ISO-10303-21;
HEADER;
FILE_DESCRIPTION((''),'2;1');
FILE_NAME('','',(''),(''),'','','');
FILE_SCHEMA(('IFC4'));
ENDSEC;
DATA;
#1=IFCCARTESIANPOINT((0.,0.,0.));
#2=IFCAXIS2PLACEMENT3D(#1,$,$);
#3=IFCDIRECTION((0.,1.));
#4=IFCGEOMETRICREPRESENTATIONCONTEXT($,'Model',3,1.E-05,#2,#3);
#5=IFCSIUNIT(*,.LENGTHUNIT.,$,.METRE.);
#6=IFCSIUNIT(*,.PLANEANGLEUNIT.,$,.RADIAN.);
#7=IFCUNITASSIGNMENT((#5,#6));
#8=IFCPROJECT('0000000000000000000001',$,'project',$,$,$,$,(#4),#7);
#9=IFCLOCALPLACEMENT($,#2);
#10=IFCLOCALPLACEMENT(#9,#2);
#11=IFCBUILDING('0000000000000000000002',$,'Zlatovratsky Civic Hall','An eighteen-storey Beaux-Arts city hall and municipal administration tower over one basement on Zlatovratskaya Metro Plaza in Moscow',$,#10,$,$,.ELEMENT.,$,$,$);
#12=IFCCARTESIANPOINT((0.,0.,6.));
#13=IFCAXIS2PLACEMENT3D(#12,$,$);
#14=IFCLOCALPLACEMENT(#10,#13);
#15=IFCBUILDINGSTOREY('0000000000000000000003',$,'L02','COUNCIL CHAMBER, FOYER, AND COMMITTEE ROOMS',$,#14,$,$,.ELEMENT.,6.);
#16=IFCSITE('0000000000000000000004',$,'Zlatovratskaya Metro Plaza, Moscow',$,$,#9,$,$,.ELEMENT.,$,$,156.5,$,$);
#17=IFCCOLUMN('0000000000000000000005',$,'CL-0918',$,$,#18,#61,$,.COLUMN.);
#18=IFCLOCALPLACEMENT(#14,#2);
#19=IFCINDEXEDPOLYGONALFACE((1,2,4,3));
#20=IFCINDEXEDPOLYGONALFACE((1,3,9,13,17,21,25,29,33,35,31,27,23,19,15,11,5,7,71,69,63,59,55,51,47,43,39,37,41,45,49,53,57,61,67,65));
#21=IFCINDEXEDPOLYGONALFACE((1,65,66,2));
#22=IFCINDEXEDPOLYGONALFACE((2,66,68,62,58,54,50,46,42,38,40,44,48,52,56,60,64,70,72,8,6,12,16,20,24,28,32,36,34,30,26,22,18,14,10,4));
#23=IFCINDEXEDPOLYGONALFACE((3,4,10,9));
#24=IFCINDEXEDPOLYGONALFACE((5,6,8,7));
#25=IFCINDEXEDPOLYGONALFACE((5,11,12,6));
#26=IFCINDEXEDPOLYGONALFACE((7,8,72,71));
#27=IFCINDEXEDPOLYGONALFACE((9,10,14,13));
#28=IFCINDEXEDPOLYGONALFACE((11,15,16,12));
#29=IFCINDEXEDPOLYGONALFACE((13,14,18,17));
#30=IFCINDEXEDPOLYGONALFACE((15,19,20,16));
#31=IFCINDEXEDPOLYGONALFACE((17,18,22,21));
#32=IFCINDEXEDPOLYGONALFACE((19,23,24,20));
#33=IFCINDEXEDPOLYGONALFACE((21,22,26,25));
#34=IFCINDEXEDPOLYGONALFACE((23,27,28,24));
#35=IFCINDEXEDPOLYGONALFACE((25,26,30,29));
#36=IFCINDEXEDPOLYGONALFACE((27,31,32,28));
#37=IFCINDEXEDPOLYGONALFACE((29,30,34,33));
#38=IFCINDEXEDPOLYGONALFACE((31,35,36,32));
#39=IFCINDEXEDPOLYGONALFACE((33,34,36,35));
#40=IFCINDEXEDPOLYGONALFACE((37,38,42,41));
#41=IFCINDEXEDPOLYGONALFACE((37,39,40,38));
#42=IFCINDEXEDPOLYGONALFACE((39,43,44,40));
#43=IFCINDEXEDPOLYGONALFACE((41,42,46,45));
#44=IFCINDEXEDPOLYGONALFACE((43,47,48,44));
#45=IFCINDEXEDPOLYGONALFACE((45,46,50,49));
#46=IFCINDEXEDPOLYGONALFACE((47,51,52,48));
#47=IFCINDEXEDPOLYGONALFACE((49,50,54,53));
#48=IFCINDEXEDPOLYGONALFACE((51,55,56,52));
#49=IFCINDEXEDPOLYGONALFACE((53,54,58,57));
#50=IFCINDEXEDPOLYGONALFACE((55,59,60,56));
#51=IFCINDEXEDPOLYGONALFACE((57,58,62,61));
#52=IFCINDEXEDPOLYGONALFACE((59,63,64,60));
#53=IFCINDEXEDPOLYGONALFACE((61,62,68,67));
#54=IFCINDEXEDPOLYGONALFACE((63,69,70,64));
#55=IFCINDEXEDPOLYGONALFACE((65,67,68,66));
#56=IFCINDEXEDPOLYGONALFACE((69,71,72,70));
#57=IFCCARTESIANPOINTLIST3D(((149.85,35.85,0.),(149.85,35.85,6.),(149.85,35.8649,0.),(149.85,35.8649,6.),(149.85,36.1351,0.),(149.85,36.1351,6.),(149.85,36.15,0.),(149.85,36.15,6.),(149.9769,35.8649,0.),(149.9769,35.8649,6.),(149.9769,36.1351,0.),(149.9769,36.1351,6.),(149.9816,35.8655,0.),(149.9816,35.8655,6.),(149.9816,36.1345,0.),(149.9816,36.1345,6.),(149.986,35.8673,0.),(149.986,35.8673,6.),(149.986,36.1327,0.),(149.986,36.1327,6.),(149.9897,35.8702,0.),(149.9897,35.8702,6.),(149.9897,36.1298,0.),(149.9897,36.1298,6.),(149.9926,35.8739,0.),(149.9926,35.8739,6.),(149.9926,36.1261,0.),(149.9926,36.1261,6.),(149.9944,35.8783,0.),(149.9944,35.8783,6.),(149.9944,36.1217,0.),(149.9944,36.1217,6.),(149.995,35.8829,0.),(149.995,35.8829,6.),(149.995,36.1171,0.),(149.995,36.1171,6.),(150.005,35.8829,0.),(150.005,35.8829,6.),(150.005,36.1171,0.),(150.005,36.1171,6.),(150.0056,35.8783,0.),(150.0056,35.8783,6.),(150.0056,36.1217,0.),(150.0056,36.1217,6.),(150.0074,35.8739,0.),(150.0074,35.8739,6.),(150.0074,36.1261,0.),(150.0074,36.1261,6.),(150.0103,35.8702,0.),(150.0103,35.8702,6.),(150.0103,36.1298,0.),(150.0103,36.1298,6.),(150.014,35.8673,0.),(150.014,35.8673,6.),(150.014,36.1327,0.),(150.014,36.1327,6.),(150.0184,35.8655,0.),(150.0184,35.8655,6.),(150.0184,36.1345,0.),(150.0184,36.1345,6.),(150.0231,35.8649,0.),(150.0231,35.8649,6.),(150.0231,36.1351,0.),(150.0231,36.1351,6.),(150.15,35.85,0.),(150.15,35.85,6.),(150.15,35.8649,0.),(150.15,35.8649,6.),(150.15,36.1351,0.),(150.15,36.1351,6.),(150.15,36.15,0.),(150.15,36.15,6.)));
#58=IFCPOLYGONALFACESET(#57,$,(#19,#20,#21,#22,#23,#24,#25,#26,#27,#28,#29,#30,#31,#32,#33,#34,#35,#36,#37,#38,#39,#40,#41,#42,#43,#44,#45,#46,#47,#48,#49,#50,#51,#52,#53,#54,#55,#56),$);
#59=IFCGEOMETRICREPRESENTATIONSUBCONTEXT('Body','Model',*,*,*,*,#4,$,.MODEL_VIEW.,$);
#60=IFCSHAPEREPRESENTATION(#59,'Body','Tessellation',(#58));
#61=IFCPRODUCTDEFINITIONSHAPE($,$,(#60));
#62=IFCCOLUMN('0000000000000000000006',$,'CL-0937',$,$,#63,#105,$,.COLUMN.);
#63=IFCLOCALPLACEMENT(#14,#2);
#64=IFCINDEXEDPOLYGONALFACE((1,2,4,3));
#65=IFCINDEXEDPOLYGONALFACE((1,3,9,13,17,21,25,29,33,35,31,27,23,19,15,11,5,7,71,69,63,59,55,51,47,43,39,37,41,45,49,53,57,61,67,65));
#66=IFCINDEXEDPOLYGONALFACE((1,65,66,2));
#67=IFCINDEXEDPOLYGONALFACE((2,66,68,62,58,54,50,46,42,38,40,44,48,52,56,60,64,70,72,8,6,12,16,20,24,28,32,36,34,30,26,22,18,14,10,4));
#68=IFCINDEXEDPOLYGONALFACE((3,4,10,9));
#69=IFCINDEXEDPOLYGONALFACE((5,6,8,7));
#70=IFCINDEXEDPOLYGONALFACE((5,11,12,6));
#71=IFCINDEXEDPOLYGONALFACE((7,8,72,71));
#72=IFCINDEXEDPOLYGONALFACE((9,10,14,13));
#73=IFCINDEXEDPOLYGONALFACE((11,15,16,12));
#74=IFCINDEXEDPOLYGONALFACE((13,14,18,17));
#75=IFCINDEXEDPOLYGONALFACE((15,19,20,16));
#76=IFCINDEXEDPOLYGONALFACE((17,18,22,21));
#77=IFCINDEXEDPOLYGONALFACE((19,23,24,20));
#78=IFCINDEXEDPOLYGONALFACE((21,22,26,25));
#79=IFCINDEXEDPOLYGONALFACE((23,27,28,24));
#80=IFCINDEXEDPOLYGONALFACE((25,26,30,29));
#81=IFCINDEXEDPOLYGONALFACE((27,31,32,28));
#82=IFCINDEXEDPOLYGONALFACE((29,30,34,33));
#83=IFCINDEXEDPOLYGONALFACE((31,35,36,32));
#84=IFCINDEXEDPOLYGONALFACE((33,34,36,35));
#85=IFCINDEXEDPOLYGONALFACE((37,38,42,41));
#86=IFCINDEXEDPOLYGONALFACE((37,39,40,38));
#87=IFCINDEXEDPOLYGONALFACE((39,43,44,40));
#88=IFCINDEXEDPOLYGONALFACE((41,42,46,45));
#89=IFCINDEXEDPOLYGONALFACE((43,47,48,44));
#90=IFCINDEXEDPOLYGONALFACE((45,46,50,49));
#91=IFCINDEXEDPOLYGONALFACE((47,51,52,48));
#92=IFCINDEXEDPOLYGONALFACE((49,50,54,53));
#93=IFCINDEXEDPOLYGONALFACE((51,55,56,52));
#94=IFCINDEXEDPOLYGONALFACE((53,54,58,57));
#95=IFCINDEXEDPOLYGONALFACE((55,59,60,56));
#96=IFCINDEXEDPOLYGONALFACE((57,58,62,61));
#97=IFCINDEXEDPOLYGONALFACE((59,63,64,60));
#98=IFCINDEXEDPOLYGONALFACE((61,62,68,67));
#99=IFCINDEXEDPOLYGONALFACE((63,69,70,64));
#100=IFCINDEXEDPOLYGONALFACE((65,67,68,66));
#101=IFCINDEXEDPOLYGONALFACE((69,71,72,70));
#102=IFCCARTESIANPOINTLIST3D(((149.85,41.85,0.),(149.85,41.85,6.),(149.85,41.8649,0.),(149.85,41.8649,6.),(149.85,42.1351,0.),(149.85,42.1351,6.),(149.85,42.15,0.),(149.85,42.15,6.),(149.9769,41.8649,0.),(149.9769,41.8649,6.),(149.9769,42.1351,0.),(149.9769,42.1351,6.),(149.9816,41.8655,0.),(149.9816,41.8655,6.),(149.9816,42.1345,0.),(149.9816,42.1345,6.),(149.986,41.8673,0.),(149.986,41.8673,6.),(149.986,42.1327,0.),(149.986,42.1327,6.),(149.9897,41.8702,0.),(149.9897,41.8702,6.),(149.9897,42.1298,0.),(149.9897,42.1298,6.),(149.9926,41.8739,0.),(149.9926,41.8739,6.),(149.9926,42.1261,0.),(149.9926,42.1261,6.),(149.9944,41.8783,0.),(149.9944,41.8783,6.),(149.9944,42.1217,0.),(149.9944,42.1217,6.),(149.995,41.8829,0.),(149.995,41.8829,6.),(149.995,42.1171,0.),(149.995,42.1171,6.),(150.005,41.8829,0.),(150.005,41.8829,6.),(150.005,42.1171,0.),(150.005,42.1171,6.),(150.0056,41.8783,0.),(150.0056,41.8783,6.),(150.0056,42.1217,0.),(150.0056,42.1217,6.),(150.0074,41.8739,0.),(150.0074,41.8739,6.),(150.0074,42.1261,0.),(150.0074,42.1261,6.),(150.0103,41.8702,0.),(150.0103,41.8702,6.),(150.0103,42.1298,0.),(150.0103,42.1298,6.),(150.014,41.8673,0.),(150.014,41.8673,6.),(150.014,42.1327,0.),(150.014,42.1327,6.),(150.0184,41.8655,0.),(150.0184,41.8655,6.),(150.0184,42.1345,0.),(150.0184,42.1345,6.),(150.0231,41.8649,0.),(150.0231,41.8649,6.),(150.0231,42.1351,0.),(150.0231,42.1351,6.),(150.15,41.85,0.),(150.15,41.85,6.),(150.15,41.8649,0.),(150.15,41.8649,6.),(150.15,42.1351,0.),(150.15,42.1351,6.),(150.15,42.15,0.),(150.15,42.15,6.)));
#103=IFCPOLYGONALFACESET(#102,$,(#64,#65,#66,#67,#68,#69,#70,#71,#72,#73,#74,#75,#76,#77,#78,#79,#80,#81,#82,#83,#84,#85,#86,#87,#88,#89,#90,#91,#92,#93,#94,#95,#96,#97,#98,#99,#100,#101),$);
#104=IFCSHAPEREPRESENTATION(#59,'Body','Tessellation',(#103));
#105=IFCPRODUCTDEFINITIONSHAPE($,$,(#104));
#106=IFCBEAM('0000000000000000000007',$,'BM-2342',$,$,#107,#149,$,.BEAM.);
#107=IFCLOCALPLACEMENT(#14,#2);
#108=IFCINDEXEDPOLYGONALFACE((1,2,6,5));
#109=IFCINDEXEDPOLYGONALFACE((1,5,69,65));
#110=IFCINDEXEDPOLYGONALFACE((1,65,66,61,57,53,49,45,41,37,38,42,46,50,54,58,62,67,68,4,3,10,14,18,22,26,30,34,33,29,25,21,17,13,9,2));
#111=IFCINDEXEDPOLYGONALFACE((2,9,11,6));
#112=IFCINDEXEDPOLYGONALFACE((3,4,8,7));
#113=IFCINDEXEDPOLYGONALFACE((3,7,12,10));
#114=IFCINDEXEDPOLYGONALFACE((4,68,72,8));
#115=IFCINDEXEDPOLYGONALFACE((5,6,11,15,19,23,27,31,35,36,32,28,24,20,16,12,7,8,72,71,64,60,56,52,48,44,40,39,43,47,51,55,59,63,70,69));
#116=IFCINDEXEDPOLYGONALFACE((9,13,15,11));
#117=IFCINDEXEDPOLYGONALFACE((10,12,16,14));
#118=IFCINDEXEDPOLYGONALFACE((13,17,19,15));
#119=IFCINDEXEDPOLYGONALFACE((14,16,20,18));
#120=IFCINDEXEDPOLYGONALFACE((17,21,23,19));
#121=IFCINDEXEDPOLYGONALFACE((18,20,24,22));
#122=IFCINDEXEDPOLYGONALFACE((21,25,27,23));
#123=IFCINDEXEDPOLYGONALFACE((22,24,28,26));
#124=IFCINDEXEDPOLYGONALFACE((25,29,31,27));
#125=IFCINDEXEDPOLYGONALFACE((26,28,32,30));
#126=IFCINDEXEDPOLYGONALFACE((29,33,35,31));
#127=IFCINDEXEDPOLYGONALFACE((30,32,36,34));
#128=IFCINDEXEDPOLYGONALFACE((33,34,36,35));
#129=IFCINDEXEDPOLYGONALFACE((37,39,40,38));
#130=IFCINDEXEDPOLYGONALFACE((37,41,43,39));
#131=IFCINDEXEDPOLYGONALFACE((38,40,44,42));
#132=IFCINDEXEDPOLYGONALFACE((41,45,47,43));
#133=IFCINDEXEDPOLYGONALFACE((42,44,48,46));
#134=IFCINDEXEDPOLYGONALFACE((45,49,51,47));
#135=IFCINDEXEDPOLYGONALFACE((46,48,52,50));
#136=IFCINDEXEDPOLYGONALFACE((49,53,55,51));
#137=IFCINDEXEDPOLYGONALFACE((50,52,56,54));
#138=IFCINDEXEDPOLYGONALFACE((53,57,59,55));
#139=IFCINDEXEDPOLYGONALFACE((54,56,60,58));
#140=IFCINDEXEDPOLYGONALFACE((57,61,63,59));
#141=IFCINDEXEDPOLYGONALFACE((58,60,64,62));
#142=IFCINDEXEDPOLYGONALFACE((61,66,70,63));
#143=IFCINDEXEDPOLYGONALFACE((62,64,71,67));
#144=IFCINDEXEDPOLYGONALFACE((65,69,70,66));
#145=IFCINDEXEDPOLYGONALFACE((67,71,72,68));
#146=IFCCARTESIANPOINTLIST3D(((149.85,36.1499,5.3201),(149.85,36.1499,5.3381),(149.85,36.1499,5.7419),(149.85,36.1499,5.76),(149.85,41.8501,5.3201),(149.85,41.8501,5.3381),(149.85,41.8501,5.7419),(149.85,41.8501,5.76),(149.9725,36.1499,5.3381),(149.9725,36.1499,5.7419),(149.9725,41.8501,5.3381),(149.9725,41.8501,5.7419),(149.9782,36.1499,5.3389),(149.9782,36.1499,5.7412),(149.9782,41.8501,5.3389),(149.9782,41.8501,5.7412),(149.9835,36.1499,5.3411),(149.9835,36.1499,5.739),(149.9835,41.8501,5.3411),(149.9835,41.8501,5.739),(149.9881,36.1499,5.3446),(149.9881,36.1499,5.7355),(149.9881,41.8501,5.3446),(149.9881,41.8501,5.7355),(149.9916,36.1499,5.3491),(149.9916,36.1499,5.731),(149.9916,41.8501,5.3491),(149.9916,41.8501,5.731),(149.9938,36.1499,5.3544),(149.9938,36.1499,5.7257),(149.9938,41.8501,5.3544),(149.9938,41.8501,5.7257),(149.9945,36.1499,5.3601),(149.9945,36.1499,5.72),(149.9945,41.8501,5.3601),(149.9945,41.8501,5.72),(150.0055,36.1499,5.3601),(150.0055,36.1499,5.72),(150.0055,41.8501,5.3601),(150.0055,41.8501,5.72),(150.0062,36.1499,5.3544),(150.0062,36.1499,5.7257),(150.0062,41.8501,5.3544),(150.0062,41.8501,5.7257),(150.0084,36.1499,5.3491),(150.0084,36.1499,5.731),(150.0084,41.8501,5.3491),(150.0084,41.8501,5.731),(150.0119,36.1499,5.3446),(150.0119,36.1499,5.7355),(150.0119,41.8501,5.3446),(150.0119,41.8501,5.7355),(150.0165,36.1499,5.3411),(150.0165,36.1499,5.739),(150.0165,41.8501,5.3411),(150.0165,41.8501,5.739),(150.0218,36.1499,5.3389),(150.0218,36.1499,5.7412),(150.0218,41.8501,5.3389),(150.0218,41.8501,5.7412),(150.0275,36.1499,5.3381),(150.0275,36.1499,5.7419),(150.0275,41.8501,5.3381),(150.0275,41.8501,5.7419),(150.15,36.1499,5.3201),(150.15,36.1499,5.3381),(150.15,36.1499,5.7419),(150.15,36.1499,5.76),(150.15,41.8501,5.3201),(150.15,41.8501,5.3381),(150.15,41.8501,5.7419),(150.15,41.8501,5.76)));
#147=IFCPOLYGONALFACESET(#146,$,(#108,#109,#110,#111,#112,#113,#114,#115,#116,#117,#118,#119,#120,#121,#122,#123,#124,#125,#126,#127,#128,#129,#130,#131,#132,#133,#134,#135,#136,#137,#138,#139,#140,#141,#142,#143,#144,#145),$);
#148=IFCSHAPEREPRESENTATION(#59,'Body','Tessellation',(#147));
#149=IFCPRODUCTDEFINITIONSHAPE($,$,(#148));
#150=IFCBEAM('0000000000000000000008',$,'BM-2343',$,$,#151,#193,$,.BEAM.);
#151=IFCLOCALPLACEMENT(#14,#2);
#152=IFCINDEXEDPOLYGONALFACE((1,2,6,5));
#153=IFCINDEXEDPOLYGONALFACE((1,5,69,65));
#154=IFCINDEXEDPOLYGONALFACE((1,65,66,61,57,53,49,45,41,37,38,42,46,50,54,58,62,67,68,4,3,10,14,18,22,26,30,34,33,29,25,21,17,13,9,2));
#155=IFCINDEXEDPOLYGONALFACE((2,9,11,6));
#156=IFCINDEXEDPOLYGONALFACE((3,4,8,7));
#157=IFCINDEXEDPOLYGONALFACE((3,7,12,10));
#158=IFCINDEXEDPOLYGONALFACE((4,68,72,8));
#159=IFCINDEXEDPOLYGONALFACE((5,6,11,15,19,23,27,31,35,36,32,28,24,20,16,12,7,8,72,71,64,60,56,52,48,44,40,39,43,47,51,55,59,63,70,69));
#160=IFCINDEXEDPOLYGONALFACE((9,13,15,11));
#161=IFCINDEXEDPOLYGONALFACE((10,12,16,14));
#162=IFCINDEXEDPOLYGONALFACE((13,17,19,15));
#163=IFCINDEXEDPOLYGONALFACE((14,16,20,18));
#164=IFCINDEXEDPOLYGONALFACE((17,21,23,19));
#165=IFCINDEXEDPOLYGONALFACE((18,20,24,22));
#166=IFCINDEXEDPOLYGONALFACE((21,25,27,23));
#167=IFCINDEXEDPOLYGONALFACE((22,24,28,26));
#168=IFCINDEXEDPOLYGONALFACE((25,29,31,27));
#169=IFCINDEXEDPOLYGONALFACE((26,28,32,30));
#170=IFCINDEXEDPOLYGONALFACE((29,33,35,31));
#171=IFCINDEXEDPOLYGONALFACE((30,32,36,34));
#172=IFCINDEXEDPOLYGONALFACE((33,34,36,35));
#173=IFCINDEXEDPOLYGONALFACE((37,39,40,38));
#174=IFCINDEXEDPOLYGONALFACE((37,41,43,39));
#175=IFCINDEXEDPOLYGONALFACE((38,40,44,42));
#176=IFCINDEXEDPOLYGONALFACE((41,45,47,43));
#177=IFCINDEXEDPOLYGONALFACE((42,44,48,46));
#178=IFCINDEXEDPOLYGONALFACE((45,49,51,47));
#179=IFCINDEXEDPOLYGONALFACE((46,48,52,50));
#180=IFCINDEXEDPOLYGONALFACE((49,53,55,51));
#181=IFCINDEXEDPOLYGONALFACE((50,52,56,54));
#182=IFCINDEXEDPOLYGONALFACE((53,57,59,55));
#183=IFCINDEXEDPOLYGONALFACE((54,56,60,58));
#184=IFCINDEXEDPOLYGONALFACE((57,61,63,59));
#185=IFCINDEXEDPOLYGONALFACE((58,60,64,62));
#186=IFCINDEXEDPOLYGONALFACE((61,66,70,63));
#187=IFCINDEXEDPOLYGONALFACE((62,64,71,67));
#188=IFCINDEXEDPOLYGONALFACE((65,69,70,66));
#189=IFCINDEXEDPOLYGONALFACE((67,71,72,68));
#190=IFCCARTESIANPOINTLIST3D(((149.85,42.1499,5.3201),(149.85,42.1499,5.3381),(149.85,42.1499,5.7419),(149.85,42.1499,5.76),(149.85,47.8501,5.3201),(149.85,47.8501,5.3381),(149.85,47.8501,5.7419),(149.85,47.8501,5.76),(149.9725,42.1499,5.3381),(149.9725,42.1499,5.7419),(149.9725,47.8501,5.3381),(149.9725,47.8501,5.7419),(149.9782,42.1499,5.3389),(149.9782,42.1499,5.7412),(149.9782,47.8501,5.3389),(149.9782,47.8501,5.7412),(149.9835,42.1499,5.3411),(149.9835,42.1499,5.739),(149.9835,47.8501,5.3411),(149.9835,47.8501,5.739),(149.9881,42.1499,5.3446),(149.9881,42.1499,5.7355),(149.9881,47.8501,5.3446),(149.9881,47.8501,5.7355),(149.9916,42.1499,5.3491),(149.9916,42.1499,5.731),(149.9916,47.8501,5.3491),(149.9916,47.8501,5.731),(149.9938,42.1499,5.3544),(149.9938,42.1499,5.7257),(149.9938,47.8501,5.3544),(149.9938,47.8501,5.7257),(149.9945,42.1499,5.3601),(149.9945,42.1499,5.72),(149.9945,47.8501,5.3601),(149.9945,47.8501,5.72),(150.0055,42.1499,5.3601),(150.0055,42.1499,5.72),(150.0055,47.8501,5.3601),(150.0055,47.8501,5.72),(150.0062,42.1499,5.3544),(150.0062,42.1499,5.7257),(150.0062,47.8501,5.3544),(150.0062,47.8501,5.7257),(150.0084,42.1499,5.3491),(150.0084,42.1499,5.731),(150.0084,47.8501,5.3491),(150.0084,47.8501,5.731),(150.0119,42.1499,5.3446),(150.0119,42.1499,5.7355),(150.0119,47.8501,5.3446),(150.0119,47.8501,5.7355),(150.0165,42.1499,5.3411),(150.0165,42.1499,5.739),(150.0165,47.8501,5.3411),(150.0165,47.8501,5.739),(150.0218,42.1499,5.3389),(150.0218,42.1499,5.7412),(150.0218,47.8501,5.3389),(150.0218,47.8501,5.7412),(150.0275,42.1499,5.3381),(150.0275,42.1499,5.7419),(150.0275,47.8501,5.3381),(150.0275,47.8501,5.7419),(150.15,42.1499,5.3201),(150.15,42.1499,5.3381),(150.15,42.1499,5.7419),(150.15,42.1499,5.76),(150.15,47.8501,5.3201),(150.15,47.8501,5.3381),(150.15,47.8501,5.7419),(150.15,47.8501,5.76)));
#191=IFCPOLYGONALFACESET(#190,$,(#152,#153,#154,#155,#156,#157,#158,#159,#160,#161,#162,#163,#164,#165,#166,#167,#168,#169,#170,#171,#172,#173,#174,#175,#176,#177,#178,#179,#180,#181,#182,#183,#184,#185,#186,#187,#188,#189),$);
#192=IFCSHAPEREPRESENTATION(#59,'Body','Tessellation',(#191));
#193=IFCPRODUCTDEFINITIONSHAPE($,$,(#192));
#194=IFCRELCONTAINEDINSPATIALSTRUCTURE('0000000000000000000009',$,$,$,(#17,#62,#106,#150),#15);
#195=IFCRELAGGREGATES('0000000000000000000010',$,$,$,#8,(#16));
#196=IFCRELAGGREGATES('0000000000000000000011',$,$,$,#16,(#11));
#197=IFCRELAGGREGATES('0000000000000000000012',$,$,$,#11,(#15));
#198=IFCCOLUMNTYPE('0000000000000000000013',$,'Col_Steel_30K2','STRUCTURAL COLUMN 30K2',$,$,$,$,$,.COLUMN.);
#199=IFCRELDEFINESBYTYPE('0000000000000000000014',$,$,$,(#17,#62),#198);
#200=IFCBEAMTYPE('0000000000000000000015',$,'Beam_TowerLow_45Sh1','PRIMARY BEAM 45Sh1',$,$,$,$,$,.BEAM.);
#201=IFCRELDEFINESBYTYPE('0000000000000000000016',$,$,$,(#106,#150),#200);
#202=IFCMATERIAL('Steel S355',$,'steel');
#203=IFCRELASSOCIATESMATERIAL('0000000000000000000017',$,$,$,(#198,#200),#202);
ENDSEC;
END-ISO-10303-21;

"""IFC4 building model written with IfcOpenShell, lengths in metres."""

from ifc_helpers import new_model, si_unit, direction, frame, origin, origin_2d, place, context, subcontext, project, spatial, i_section, extrude, material, material_profile, profile_set, type_object, element, save


model = new_model("IFC4")

# Units and contexts
model_context = context("Model", 3, precision=1e-05, world=origin(), true_north=direction((0.0, 1.0)))
body_context = subcontext(model_context, "Body", "Model", "MODEL_VIEW")
ifc_project = project(units=[si_unit("LENGTHUNIT", "METRE"), si_unit("PLANEANGLEUNIT", "RADIAN")], contexts=[model_context])

# Site, building, storey
site_placement = place(None, origin())
site = spatial("IfcSite", under=ifc_project, at=site_placement, Name="Zlatovratskaya Metro Plaza, Moscow", CompositionType="ELEMENT", RefElevation=156.5)
building_placement = place(site_placement, origin())
building = spatial("IfcBuilding", under=site, at=building_placement, Name="Zlatovratsky Civic Hall", Description="An eighteen-storey Beaux-Arts city hall and municipal administration tower over one basement on Zlatovratskaya Metro Plaza in Moscow", CompositionType="ELEMENT")
storey_placement = place(building_placement, frame((0.0, 0.0, 6.0)))
storey = spatial("IfcBuildingStorey", under=building, at=storey_placement, Name="L02", Description="COUNCIL CHAMBER, FOYER, AND COMMITTEE ROOMS", CompositionType="ELEMENT", Elevation=6.0)

# Columns
ifc_material_1 = material(Name="Steel S355", Category="steel")
ifc_material_profile_1 = material_profile(ifc_material_1, i_section(OverallWidth=0.3, OverallDepth=0.3, WebThickness=0.01, FlangeThickness=0.0149, FilletRadius=0.0181, at=origin_2d()), Name="30K2")
ifc_profile_set_1 = profile_set([ifc_material_profile_1], Name="Steel S355")
column_type = type_object("IfcColumnType", Name="Col_Steel_30K2", Description="STRUCTURAL COLUMN 30K2", PredefinedType="COLUMN", material=ifc_profile_set_1)
for number, where, z_axis, x_axis, name in (
    (1, (150.0, 36.0, 0.0), (0.0, 0.0, 1.0), (1.0, 0.0, 0.0), "CL-0918"),
    (2, (150.0, 42.0, 0.0), (0.0, 0.0, 1.0), (1.0, 0.0, 0.0), "CL-0937"),
):
    element("IfcColumn", number, at=place(storey_placement, frame(where, z_axis=z_axis, x_axis=x_axis)), inside=storey, type_object=column_type, Name=name, PredefinedType="COLUMN", context=body_context, shape_type="SweptSolid", body=[
        extrude(i_section(OverallWidth=0.3, OverallDepth=0.3, WebThickness=0.01, FlangeThickness=0.0149, FilletRadius=0.0181, at=origin_2d()), origin(), (0.0, 0.0, 1.0), 6.0),
    ])

# Beams
ifc_material_profile_2 = material_profile(ifc_material_1, i_section(OverallWidth=0.3, OverallDepth=0.4399, WebThickness=0.011, FlangeThickness=0.0181, FilletRadius=0.022, at=origin_2d()), Name="45Sh1")
ifc_profile_set_2 = profile_set([ifc_material_profile_2], Name="Steel S355")
beam_type = type_object("IfcBeamType", Name="Beam_TowerLow_45Sh1", Description="PRIMARY BEAM 45Sh1", PredefinedType="BEAM", material=ifc_profile_set_2)
for number, where, z_axis, x_axis, name in (
    (3, (150.0, 36.1499, 5.54), (0.0, 1.0, 0.0), (-1.0, 0.0, 0.0), "BM-2342"),
    (4, (150.0, 42.1499, 5.54), (0.0, 1.0, 0.0), (-1.0, 0.0, 0.0), "BM-2343"),
):
    element("IfcBeam", number, at=place(storey_placement, frame(where, z_axis=z_axis, x_axis=x_axis)), inside=storey, type_object=beam_type, Name=name, PredefinedType="BEAM", context=body_context, shape_type="SweptSolid", body=[
        extrude(i_section(OverallWidth=0.3, OverallDepth=0.4399, WebThickness=0.011, FlangeThickness=0.0181, FilletRadius=0.022, at=origin_2d()), origin(), (0.0, 0.0, 1.0), 5.7002),
    ])

save(model, "model.ifc")
